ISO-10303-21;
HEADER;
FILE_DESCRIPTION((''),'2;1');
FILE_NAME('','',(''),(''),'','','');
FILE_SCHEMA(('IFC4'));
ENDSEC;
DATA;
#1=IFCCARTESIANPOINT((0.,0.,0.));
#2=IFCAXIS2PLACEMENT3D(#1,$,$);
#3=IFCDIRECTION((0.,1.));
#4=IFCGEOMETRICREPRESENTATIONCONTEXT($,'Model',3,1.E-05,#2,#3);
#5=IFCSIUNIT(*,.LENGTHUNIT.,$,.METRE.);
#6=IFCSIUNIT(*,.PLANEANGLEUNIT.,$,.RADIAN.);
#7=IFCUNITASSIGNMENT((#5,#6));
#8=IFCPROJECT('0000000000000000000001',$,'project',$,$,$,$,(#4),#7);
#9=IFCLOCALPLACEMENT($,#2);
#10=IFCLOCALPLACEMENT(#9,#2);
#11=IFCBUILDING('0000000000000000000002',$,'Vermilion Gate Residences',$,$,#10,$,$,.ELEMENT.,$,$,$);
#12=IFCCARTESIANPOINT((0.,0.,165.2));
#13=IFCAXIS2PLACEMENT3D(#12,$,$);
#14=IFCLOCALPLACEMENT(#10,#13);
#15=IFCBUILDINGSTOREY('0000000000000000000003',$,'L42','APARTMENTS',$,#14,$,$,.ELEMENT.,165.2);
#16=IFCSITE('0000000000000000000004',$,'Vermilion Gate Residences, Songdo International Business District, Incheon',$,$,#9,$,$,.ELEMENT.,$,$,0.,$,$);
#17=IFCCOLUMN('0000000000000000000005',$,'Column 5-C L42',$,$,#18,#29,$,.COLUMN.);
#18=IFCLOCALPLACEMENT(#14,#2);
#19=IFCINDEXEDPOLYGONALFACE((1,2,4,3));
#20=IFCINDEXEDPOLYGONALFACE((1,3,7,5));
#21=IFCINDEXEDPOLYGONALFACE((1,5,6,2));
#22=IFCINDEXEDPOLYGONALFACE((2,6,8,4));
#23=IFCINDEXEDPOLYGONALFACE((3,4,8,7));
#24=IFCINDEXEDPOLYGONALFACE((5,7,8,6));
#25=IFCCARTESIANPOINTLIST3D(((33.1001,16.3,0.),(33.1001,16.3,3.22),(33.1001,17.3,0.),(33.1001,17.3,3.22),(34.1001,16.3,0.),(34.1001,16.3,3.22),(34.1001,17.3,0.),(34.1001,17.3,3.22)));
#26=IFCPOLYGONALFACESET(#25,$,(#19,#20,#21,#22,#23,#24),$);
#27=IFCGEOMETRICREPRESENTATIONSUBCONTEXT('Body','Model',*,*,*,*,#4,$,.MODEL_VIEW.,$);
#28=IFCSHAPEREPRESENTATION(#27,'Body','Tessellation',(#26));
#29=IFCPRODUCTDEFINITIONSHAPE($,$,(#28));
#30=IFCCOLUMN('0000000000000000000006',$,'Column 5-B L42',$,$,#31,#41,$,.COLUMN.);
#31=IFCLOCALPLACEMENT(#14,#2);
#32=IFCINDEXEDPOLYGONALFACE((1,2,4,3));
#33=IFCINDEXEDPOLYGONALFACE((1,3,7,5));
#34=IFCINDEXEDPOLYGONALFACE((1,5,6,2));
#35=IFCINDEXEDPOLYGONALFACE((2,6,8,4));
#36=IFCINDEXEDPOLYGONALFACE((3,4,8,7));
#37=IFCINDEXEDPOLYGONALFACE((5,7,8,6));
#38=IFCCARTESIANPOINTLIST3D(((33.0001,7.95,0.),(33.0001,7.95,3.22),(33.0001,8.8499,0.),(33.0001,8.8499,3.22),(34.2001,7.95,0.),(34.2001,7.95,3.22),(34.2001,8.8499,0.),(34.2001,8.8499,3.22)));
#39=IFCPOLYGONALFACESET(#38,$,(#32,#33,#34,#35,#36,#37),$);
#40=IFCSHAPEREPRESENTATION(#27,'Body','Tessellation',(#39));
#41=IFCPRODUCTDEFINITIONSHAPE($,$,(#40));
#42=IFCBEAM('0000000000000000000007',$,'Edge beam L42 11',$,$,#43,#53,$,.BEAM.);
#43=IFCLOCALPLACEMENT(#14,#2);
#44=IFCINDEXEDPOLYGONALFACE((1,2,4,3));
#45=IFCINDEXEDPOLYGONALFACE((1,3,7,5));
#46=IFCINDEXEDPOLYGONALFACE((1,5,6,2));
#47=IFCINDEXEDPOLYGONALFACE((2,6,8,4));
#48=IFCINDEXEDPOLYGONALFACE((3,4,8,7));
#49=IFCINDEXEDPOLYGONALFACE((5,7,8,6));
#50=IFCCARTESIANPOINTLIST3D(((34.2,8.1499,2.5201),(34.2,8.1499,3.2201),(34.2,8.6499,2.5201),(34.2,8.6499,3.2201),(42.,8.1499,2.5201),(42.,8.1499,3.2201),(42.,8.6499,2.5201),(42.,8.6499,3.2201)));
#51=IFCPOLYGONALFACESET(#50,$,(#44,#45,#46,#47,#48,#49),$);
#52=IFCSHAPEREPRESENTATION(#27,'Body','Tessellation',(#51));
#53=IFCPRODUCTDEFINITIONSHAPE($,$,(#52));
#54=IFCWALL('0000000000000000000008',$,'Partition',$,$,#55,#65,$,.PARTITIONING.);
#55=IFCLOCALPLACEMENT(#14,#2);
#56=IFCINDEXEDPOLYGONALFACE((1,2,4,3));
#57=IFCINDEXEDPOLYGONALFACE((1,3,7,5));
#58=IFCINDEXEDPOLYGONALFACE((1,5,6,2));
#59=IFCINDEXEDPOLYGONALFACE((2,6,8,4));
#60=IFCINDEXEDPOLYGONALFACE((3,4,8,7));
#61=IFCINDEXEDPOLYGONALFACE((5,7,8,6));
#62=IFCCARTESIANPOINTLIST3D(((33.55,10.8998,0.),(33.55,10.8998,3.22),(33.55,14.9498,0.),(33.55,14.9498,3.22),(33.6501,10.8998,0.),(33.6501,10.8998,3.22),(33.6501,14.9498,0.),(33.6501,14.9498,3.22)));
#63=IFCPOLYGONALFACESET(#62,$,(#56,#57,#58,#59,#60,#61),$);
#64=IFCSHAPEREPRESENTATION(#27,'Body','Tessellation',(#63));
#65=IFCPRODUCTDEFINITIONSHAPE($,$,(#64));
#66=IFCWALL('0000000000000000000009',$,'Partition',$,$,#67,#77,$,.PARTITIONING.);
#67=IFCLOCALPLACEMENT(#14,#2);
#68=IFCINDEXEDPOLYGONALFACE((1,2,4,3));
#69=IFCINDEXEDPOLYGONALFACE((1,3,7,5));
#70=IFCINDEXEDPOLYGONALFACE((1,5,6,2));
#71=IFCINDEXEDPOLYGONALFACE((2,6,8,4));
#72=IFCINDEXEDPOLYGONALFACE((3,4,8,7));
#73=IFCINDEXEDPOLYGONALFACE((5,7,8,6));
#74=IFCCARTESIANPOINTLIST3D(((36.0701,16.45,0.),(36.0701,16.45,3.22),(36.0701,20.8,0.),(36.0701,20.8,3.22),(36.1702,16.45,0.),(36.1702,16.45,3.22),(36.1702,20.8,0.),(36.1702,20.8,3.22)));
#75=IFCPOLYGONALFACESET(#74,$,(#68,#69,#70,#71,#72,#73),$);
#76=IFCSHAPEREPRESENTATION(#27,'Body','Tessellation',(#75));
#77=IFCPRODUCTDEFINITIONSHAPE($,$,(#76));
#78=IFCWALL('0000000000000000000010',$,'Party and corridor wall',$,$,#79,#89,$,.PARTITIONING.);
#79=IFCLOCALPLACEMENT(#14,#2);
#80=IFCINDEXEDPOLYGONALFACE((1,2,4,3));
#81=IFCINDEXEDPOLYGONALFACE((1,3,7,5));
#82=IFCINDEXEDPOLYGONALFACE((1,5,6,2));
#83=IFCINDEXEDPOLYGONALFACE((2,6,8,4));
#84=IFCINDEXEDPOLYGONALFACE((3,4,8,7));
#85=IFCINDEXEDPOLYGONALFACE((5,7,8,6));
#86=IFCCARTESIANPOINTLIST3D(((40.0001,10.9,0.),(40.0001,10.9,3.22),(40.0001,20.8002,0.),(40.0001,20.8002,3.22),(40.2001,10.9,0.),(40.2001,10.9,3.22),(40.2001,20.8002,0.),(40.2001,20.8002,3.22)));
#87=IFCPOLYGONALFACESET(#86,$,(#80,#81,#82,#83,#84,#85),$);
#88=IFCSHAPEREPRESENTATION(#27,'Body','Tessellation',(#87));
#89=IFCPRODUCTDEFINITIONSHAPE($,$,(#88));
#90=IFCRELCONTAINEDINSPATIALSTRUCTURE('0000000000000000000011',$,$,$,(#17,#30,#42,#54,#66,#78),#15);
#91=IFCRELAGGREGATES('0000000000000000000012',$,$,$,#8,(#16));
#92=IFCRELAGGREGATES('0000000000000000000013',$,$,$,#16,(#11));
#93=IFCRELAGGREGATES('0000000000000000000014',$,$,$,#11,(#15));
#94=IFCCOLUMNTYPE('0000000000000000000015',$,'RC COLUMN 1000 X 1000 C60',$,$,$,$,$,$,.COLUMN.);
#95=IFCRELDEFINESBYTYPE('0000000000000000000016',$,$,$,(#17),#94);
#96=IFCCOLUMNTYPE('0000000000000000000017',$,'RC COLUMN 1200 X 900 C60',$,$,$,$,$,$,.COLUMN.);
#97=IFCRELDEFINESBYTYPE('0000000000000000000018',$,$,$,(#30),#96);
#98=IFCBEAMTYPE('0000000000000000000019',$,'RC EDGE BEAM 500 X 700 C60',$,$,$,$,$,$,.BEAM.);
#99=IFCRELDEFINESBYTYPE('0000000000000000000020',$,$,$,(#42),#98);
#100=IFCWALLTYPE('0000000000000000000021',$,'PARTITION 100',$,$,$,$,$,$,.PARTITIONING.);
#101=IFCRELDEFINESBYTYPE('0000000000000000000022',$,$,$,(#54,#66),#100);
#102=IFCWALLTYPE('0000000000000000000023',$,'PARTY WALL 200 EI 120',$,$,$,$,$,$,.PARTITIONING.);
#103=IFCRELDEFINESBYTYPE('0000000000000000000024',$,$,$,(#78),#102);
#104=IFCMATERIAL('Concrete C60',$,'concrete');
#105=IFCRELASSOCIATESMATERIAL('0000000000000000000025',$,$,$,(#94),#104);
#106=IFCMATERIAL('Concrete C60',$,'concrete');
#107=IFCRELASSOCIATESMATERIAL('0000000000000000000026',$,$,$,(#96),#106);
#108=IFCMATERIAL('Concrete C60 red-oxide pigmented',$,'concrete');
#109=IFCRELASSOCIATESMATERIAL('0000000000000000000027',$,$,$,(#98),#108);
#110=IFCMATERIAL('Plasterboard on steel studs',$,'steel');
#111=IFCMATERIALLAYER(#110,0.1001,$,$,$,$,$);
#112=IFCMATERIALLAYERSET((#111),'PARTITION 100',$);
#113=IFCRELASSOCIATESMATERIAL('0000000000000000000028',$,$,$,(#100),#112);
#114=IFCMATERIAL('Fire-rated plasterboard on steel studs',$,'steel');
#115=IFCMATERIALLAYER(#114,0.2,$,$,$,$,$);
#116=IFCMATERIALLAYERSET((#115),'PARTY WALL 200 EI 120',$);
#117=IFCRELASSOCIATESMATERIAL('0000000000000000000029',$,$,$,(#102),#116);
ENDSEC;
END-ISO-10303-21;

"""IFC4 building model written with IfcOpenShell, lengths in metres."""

from ifc_helpers import new_model, si_unit, direction, frame, frame_2d, origin, origin_2d, place, context, subcontext, project, spatial, rectangle, extrude, material, layer, layer_set, material_profile, profile_set, type_object, element, save


model = new_model("IFC4")

# Units and contexts
model_context = context("Model", 3, precision=1e-05, world=origin(), true_north=direction((0.0, 1.0)))
body_context = subcontext(model_context, "Body", "Model", "MODEL_VIEW")
ifc_project = project(units=[si_unit("LENGTHUNIT", "METRE"), si_unit("PLANEANGLEUNIT", "RADIAN")], contexts=[model_context])

# Site, building, storey
site_placement = place(None, origin())
site = spatial("IfcSite", under=ifc_project, at=site_placement, Name="Vermilion Gate Residences, Songdo International Business District, Incheon", CompositionType="ELEMENT", RefElevation=0.0)
building_placement = place(site_placement, origin())
building = spatial("IfcBuilding", under=site, at=building_placement, Name="Vermilion Gate Residences", CompositionType="ELEMENT")
storey_placement = place(building_placement, frame((0.0, 0.0, 165.2)))
storey = spatial("IfcBuildingStorey", under=building, at=storey_placement, Name="L42", Description="APARTMENTS", CompositionType="ELEMENT", Elevation=165.2)

# Columns
ifc_material_1 = material(Name="Concrete C60", Category="concrete")
ifc_material_profile_1 = material_profile(ifc_material_1, rectangle(XDim=1.0, YDim=1.0, at=origin_2d()), Name="RC-1000x1000")
ifc_profile_set_1 = profile_set([ifc_material_profile_1], Name="Concrete C60")
column_type_1 = type_object("IfcColumnType", Name="RC COLUMN 1000 X 1000 C60", PredefinedType="COLUMN", material=ifc_profile_set_1)
column_1_placement = place(storey_placement, frame((33.6001, 16.8, 0.0), z_axis=(0.0, 0.0, 1.0), x_axis=(1.0, 0.0, 0.0)))
element("IfcColumn", 1, at=column_1_placement, inside=storey, type_object=column_type_1, Name="Column 5-C L42", PredefinedType="COLUMN", context=body_context, shape_type="SweptSolid", body=[
    extrude(rectangle(XDim=1.0, YDim=1.0, at=origin_2d()), origin(), (0.0, 0.0, 1.0), 3.22),
])
ifc_material_2 = material(Name="Concrete C60", Category="concrete")
ifc_material_profile_2 = material_profile(ifc_material_2, rectangle(XDim=1.2, YDim=0.8999, at=origin_2d()), Name="RC-1200x900")
ifc_profile_set_2 = profile_set([ifc_material_profile_2], Name="Concrete C60")
column_type_2 = type_object("IfcColumnType", Name="RC COLUMN 1200 X 900 C60", PredefinedType="COLUMN", material=ifc_profile_set_2)
column_2_placement = place(storey_placement, frame((33.6001, 8.3999, 0.0), z_axis=(0.0, 0.0, 1.0), x_axis=(1.0, 0.0, 0.0)))
element("IfcColumn", 2, at=column_2_placement, inside=storey, type_object=column_type_2, Name="Column 5-B L42", PredefinedType="COLUMN", context=body_context, shape_type="SweptSolid", body=[
    extrude(rectangle(XDim=1.2, YDim=0.8999, at=origin_2d()), origin(), (0.0, 0.0, 1.0), 3.22),
])

# Beam
ifc_material_3 = material(Name="Concrete C60 red-oxide pigmented", Category="concrete")
ifc_material_profile_3 = material_profile(ifc_material_3, rectangle(XDim=0.5, YDim=0.7, at=origin_2d()), Name="RC-500x700")
ifc_profile_set_3 = profile_set([ifc_material_profile_3], Name="Concrete C60 red-oxide pigmented")
beam_type = type_object("IfcBeamType", Name="RC EDGE BEAM 500 X 700 C60", PredefinedType="BEAM", material=ifc_profile_set_3)
beam_placement = place(storey_placement, frame((34.2, 8.3999, 2.8701), z_axis=(1.0, 0.0, 0.0), x_axis=(0.0, 1.0, 0.0)))
element("IfcBeam", 3, at=beam_placement, inside=storey, type_object=beam_type, Name="Edge beam L42 11", PredefinedType="BEAM", context=body_context, shape_type="SweptSolid", body=[
    extrude(rectangle(XDim=0.5, YDim=0.7, at=origin_2d()), origin(), (0.0, 0.0, 1.0), 7.8),
])

# Walls
ifc_material_4 = material(Name="Plasterboard on steel studs", Category="steel")
ifc_layer_1 = layer(ifc_material_4, 0.1001)
ifc_layer_set_1 = layer_set([ifc_layer_1], Name="PARTITION 100")
wall_type_1 = type_object("IfcWallType", Name="PARTITION 100", PredefinedType="PARTITIONING", material=ifc_layer_set_1)
wall_1_placement = place(storey_placement, frame((33.6001, 10.8999, 0.0), z_axis=(0.0, 0.0, 1.0), x_axis=(0.0, 1.0, 0.0)))
element("IfcWall", 4, at=wall_1_placement, inside=storey, type_object=wall_type_1, Name="Partition", PredefinedType="PARTITIONING", context=body_context, shape_type="SweptSolid", body=[
    extrude(rectangle(XDim=4.05, YDim=0.1001, at=frame_2d((2.0249, 0.0))), origin(), (0.0, 0.0, 1.0), 3.22),
])
wall_2_placement = place(storey_placement, frame((36.1201, 16.45, 0.0), z_axis=(0.0, 0.0, 1.0), x_axis=(0.0, 1.0, 0.0)))
element("IfcWall", 5, at=wall_2_placement, inside=storey, type_object=wall_type_1, Name="Partition", PredefinedType="PARTITIONING", context=body_context, shape_type="SweptSolid", body=[
    extrude(rectangle(XDim=4.3501, YDim=0.1001, at=frame_2d((2.175, 0.0))), origin(), (0.0, 0.0, 1.0), 3.22),
])
ifc_material_5 = material(Name="Fire-rated plasterboard on steel studs", Category="steel")
ifc_layer_2 = layer(ifc_material_5, 0.2)
ifc_layer_set_2 = layer_set([ifc_layer_2], Name="PARTY WALL 200 EI 120")
wall_type_2 = type_object("IfcWallType", Name="PARTY WALL 200 EI 120", PredefinedType="PARTITIONING", material=ifc_layer_set_2)
wall_3_placement = place(storey_placement, frame((40.1001, 10.8999, 0.0), z_axis=(0.0, 0.0, 1.0), x_axis=(0.0, 1.0, 0.0)))
element("IfcWall", 6, at=wall_3_placement, inside=storey, type_object=wall_type_2, Name="Party and corridor wall", PredefinedType="PARTITIONING", context=body_context, shape_type="SweptSolid", body=[
    extrude(rectangle(XDim=9.9001, YDim=0.2, at=frame_2d((4.9502, 0.0))), origin(), (0.0, 0.0, 1.0), 3.22),
])

save(model, "model.ifc")
